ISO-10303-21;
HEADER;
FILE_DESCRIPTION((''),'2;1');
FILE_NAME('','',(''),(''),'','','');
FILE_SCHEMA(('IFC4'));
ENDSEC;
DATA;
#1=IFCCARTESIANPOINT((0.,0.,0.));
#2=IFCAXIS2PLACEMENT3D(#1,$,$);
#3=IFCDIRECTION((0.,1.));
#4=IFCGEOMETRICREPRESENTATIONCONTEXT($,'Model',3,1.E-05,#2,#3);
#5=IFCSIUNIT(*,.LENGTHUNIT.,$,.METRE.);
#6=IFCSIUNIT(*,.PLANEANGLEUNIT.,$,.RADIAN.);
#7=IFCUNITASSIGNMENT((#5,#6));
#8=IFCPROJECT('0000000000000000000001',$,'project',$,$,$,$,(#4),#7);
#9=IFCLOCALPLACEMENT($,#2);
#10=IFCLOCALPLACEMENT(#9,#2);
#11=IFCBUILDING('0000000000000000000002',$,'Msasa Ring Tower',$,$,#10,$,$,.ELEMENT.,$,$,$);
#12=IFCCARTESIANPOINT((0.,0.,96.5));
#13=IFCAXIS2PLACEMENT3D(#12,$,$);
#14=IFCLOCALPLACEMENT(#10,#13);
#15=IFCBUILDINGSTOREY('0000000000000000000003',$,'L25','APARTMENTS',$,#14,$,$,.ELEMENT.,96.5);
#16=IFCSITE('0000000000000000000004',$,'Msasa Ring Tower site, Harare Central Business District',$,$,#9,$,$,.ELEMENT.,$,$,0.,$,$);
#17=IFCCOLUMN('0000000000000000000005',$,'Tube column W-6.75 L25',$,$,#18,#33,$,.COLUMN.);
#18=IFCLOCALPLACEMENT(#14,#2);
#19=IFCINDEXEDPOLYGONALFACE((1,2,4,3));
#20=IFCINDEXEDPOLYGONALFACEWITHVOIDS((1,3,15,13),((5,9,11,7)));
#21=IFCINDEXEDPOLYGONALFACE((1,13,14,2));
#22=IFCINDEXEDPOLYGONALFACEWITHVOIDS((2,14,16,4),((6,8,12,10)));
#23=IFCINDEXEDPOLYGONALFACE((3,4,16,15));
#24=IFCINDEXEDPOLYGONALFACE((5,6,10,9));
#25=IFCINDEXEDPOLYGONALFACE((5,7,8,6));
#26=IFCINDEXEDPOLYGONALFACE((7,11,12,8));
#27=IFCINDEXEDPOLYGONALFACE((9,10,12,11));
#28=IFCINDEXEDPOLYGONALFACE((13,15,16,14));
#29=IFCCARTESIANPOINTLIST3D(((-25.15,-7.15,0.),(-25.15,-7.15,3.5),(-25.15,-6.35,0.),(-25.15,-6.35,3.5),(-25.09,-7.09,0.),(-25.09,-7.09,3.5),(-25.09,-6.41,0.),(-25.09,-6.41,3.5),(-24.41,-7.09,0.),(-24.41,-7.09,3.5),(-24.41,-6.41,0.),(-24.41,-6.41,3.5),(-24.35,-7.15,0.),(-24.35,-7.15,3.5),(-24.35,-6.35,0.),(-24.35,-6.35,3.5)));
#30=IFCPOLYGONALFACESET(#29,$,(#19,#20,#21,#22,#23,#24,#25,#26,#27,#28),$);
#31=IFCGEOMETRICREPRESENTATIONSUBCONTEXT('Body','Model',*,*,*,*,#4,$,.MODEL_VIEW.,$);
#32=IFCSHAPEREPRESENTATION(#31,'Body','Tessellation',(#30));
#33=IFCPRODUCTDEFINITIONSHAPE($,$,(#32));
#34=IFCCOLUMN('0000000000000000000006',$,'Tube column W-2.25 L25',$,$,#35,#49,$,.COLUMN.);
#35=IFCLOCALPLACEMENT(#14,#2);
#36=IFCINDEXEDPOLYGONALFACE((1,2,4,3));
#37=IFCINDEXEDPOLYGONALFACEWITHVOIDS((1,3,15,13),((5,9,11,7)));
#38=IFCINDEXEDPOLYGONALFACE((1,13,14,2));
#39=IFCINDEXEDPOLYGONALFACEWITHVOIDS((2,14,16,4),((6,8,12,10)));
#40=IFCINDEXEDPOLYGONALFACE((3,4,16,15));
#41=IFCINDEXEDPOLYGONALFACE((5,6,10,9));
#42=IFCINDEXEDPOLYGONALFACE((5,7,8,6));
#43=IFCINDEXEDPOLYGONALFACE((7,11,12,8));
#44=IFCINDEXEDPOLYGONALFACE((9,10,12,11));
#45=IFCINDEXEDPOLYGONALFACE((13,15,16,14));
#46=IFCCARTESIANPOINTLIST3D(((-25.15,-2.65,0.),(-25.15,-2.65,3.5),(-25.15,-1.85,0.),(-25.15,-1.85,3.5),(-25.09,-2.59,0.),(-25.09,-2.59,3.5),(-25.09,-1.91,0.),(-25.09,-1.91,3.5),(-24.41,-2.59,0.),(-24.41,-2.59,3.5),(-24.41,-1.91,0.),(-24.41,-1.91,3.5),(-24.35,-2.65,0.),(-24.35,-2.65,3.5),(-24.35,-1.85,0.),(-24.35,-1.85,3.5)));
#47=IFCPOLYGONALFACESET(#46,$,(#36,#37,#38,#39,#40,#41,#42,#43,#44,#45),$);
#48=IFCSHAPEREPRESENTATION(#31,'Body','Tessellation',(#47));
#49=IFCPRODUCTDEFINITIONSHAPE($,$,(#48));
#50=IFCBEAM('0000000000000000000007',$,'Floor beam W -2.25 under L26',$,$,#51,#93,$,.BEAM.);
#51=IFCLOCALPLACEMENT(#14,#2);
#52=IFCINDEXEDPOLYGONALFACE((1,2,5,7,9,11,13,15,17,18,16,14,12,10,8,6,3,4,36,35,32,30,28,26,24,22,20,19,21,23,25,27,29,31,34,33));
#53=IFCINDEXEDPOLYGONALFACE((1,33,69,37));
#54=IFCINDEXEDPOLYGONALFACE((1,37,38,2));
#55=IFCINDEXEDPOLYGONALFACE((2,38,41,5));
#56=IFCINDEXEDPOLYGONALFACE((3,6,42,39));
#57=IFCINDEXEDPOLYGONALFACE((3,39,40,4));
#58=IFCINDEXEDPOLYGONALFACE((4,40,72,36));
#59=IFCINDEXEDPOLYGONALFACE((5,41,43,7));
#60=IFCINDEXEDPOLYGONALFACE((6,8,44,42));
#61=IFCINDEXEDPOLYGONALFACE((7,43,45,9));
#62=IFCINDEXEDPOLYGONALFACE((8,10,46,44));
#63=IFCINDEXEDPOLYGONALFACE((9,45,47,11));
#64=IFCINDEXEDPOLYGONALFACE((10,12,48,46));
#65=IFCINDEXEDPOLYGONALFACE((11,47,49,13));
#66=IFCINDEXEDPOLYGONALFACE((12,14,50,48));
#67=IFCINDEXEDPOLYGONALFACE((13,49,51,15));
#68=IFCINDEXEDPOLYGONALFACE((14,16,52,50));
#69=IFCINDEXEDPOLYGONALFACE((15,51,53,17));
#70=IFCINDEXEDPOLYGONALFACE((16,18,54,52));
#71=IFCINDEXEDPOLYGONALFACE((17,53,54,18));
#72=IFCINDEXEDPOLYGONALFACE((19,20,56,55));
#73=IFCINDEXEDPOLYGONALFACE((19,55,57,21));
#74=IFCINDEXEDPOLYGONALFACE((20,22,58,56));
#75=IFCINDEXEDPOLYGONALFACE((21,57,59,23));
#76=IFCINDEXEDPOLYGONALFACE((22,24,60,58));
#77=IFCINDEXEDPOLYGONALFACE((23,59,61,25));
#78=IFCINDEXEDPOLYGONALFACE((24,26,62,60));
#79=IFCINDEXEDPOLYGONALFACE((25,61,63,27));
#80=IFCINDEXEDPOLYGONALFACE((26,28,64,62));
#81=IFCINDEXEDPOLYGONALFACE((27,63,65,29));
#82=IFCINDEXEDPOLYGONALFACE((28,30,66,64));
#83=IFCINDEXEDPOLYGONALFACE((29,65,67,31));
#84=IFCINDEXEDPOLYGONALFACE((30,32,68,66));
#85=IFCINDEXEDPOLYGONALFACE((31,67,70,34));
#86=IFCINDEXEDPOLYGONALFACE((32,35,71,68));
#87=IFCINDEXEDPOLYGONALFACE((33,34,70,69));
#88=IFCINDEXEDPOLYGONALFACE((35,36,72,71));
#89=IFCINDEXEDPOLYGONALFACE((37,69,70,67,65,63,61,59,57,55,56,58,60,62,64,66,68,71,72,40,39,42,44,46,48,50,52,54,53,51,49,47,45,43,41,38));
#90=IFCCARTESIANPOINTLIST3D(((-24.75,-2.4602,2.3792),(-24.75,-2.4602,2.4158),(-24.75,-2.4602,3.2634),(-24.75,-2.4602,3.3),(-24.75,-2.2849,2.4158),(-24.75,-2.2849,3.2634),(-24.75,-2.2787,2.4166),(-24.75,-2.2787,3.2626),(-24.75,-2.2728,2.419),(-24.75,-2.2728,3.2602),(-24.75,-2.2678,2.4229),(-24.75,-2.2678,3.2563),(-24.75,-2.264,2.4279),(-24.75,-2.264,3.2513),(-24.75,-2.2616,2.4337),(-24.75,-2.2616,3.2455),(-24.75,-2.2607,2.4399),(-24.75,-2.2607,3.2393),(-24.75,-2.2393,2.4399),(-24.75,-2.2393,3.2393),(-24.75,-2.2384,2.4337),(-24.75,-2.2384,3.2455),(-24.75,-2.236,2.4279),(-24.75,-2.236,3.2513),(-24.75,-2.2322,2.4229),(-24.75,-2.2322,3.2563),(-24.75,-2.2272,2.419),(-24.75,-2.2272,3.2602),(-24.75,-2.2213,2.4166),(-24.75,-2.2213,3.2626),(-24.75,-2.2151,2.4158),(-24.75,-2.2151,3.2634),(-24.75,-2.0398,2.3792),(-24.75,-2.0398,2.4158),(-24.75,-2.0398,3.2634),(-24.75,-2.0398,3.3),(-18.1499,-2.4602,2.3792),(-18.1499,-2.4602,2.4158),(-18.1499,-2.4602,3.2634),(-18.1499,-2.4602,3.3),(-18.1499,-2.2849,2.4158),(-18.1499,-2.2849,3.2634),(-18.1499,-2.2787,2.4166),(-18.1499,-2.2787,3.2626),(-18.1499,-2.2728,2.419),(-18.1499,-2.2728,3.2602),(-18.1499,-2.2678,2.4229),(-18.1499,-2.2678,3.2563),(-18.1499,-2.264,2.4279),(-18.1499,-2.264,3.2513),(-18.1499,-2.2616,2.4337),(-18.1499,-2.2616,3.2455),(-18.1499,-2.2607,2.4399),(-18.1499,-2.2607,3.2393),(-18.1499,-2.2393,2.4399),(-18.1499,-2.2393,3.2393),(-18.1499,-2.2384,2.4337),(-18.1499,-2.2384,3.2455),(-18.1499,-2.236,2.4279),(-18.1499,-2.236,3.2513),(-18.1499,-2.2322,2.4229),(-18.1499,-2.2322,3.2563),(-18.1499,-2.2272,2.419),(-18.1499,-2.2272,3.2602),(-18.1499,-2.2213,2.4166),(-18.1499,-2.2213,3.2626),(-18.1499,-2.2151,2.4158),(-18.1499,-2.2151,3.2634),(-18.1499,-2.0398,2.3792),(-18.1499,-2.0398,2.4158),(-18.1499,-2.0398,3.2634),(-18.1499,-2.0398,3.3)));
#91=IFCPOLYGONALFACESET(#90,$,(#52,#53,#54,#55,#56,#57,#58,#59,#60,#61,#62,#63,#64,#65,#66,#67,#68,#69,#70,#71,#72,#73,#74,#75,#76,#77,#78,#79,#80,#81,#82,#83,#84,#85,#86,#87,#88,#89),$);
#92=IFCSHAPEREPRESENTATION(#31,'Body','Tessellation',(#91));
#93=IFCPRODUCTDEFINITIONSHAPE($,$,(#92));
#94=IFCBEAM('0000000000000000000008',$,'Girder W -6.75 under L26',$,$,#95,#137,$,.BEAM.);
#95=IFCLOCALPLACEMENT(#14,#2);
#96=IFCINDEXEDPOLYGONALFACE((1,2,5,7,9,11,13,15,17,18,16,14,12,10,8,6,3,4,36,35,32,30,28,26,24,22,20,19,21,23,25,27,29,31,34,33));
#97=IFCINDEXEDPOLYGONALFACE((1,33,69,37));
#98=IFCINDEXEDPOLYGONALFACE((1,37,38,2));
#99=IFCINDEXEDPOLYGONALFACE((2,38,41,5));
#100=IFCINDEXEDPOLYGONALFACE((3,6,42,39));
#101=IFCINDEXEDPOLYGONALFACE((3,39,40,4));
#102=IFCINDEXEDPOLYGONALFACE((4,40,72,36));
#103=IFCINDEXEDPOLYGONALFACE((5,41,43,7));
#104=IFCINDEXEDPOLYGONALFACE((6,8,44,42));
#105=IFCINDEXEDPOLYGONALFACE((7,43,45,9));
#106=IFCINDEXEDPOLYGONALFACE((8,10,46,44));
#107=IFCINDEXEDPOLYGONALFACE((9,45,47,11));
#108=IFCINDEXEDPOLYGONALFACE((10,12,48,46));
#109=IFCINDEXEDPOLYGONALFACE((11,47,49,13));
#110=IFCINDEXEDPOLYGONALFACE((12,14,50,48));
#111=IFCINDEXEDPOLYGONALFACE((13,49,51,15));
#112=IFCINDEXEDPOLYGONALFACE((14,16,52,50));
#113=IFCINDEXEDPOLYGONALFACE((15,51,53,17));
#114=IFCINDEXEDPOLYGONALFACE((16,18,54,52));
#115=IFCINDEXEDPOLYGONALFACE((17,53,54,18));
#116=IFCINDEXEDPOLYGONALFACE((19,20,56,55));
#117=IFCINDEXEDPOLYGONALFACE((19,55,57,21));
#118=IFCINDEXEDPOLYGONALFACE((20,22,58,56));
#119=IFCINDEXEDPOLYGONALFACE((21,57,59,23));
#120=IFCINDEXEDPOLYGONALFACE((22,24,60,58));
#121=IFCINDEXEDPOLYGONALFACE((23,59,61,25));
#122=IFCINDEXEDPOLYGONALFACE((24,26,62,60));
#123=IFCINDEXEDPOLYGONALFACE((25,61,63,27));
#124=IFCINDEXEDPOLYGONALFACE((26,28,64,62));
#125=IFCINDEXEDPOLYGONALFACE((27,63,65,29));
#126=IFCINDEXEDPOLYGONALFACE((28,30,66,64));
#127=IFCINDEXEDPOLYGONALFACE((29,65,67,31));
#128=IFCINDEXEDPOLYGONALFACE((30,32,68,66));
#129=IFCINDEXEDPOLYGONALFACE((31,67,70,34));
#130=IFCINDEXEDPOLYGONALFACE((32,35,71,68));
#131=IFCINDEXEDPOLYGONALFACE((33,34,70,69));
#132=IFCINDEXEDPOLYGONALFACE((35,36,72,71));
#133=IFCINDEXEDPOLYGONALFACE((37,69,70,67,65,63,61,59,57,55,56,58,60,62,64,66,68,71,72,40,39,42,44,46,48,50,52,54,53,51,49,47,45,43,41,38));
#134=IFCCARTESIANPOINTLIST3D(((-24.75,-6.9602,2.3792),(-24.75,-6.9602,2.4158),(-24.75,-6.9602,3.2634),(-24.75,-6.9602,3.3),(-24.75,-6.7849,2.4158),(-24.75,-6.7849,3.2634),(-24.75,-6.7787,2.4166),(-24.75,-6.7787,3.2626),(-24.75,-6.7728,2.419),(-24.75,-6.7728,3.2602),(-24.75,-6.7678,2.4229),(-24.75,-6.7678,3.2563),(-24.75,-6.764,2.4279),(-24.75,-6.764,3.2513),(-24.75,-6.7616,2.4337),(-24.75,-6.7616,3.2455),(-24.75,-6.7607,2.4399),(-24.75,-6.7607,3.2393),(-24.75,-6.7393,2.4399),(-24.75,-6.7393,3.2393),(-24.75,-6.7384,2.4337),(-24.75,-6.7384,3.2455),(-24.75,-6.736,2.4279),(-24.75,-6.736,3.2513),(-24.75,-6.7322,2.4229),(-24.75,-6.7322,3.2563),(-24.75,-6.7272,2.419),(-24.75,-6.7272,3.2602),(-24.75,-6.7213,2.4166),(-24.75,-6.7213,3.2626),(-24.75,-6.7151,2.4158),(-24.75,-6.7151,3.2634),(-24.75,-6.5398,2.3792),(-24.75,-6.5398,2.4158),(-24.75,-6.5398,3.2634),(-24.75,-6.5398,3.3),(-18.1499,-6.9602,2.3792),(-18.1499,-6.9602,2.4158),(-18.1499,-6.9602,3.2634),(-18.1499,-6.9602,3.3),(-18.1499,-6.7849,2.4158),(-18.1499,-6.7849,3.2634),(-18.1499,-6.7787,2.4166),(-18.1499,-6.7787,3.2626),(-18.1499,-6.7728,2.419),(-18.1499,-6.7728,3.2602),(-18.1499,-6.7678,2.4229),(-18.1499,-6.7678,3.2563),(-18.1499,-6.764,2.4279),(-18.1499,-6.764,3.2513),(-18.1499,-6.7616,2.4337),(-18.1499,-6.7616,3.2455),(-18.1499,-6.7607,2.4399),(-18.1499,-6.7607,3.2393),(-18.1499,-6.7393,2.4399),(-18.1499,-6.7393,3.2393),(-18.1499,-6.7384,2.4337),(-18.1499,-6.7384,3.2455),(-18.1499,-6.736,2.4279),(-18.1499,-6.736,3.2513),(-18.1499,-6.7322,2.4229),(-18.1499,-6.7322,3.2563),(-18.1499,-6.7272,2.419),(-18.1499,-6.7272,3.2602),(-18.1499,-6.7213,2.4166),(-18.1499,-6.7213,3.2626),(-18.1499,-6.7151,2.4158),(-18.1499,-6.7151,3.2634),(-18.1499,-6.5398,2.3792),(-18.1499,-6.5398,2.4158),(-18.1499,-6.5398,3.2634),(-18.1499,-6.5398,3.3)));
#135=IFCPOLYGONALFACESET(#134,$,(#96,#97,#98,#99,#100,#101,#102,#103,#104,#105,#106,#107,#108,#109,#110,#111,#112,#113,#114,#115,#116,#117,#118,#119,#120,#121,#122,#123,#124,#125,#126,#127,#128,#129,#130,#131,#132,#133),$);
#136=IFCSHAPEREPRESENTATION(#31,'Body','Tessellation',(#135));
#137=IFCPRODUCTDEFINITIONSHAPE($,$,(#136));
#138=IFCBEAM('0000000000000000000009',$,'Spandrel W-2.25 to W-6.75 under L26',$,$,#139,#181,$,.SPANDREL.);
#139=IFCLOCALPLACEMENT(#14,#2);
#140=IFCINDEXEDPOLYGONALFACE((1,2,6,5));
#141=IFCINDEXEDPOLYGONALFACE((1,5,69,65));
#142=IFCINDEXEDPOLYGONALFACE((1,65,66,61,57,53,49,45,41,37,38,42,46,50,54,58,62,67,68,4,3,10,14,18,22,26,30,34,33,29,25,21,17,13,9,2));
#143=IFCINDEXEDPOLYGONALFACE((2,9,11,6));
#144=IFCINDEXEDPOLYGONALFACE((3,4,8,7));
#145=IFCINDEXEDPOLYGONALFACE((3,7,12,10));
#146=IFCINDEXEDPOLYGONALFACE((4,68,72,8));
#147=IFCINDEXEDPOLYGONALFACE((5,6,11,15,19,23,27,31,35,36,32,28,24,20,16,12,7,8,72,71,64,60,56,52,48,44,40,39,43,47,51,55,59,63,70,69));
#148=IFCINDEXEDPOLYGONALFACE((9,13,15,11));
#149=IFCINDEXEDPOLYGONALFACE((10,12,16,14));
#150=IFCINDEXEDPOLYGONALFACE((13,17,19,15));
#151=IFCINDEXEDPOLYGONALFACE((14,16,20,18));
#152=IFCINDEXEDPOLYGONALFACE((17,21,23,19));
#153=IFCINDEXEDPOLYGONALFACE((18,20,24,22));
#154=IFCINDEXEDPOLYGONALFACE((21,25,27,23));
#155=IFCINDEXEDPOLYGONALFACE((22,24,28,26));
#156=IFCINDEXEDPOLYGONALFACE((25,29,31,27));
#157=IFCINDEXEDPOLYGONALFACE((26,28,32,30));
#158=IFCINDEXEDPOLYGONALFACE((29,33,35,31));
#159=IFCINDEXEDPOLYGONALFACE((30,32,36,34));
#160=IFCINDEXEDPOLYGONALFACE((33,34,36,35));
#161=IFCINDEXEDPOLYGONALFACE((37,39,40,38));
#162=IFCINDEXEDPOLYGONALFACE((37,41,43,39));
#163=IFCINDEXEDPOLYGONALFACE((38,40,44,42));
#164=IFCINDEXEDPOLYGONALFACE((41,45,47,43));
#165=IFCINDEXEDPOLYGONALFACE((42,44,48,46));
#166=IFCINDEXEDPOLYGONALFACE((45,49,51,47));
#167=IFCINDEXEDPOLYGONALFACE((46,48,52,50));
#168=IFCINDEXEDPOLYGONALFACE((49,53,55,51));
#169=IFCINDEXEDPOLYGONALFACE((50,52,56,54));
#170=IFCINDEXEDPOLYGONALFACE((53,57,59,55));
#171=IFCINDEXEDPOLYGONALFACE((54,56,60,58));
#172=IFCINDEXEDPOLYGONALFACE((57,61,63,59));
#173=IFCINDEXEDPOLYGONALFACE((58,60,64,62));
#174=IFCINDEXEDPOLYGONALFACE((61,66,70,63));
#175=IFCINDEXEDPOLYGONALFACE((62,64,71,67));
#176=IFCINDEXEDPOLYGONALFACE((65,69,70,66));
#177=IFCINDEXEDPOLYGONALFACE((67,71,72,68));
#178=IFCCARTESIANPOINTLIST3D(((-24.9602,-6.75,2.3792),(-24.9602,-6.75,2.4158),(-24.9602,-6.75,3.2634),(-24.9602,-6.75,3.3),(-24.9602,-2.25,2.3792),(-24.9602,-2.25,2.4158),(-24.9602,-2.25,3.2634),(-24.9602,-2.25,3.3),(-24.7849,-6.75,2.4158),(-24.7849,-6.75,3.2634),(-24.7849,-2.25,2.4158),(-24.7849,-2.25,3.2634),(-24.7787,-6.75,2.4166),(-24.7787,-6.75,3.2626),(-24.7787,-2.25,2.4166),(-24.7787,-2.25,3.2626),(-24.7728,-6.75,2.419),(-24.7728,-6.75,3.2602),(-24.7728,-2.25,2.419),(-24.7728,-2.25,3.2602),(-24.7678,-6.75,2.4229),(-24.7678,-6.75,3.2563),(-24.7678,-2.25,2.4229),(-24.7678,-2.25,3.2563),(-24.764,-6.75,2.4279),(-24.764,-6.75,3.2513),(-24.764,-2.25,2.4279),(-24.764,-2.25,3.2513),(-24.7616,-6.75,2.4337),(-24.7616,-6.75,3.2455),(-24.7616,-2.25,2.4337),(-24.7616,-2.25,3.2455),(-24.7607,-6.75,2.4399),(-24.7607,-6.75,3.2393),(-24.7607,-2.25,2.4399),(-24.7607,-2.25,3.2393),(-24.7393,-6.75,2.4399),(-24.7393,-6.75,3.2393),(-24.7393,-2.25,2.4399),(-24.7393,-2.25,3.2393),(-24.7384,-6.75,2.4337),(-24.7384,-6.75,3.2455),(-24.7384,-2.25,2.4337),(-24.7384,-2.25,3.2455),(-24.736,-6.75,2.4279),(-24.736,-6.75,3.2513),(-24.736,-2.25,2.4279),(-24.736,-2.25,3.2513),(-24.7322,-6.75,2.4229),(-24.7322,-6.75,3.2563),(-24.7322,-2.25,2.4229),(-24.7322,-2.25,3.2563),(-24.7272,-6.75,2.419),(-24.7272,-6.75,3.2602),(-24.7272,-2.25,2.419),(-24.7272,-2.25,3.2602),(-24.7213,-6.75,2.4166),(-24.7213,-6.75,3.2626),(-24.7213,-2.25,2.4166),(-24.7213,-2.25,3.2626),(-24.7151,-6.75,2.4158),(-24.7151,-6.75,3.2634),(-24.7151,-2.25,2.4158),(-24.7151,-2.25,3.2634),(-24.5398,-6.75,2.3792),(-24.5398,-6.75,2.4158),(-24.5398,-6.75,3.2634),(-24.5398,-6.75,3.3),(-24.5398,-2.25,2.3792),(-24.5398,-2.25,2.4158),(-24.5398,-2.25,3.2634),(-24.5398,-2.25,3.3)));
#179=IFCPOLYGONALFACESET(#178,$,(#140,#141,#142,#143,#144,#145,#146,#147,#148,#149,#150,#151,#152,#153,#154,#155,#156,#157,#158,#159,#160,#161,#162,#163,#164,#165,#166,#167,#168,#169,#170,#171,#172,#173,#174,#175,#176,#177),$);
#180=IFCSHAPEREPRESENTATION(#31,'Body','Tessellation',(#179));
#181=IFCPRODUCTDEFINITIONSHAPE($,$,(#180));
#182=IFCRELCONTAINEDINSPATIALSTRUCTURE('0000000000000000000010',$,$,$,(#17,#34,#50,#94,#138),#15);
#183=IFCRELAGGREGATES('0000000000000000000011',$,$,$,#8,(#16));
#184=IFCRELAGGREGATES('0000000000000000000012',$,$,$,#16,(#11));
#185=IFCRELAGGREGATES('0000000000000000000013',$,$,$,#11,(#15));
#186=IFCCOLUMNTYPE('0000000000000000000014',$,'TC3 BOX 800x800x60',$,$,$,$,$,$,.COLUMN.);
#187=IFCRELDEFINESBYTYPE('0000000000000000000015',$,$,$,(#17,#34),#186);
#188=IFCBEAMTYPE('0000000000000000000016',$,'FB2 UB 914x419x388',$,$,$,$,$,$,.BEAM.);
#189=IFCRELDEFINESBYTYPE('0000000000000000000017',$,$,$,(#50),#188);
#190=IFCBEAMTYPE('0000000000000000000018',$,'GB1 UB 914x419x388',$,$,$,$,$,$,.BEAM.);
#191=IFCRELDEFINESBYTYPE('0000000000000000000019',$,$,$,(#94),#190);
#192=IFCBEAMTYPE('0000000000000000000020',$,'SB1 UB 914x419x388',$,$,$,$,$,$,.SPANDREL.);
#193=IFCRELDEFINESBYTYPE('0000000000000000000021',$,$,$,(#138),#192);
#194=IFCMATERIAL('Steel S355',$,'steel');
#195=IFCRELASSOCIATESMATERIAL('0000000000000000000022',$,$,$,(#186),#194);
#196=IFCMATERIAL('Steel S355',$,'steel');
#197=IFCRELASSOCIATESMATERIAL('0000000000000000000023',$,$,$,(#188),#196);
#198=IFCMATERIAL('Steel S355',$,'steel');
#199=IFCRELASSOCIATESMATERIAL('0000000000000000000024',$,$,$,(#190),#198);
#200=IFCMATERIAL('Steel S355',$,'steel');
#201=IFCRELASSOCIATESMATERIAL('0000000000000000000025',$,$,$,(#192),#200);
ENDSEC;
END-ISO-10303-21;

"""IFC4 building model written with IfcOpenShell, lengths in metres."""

from ifc_helpers import new_model, si_unit, direction, frame, origin, origin_2d, place, context, subcontext, project, spatial, hollow_rectangle, i_section, extrude, material, material_profile, profile_set, type_object, element, save


model = new_model("IFC4")

# Units and contexts
model_context = context("Model", 3, precision=1e-05, world=origin(), true_north=direction((0.0, 1.0)))
body_context = subcontext(model_context, "Body", "Model", "MODEL_VIEW")
ifc_project = project(units=[si_unit("LENGTHUNIT", "METRE"), si_unit("PLANEANGLEUNIT", "RADIAN")], contexts=[model_context])

# Site, building, storey
site_placement = place(None, origin())
site = spatial("IfcSite", under=ifc_project, at=site_placement, Name="Msasa Ring Tower site, Harare Central Business District", CompositionType="ELEMENT", RefElevation=0.0)
building_placement = place(site_placement, origin())
building = spatial("IfcBuilding", under=site, at=building_placement, Name="Msasa Ring Tower", CompositionType="ELEMENT")
storey_placement = place(building_placement, frame((0.0, 0.0, 96.5)))
storey = spatial("IfcBuildingStorey", under=building, at=storey_placement, Name="L25", Description="APARTMENTS", CompositionType="ELEMENT", Elevation=96.5)

# Columns
ifc_material_1 = material(Name="Steel S355", Category="steel")
ifc_material_profile_1 = material_profile(ifc_material_1, hollow_rectangle(XDim=0.8, YDim=0.8, WallThickness=0.0601, at=origin_2d()), Name="BOX 800x800x60")
ifc_profile_set_1 = profile_set([ifc_material_profile_1], Name="Steel S355")
column_type = type_object("IfcColumnType", Name="TC3 BOX 800x800x60", PredefinedType="COLUMN", material=ifc_profile_set_1)
for number, where, z_axis, x_axis, name in (
    (1, (-24.75, -6.75, 0.0), (0.0, 0.0, 1.0), (1.0, 0.0, 0.0), "Tube column W-6.75 L25"),
    (2, (-24.75, -2.25, 0.0), (0.0, 0.0, 1.0), (1.0, 0.0, 0.0), "Tube column W-2.25 L25"),
):
    element("IfcColumn", number, at=place(storey_placement, frame(where, z_axis=z_axis, x_axis=x_axis)), inside=storey, type_object=column_type, Name=name, PredefinedType="COLUMN", context=body_context, shape_type="SweptSolid", body=[
        extrude(hollow_rectangle(XDim=0.8, YDim=0.8, WallThickness=0.0601, at=origin_2d()), origin(), (0.0, 0.0, 1.0), 3.5),
    ])

# Beams
ifc_material_2 = material(Name="Steel S355", Category="steel")
ifc_material_profile_2 = material_profile(ifc_material_2, i_section(OverallWidth=0.4204, OverallDepth=0.9209, WebThickness=0.0215, FlangeThickness=0.0366, FilletRadius=0.0242, at=origin_2d()), Name="UB 914x419x388")
ifc_profile_set_2 = profile_set([ifc_material_profile_2], Name="Steel S355")
beam_type_1 = type_object("IfcBeamType", Name="FB2 UB 914x419x388", PredefinedType="BEAM", material=ifc_profile_set_2)
beam_1_placement = place(storey_placement, frame((-24.75, -2.25, 2.8396), z_axis=(1.0, 0.0, 0.0), x_axis=(0.0, 1.0, 0.0)))
element("IfcBeam", 3, at=beam_1_placement, inside=storey, type_object=beam_type_1, Name="Floor beam W -2.25 under L26", PredefinedType="BEAM", context=body_context, shape_type="SweptSolid", body=[
    extrude(i_section(OverallWidth=0.4204, OverallDepth=0.9209, WebThickness=0.0215, FlangeThickness=0.0366, FilletRadius=0.0242, at=origin_2d()), origin(), (0.0, 0.0, 1.0), 6.6001),
])
ifc_material_3 = material(Name="Steel S355", Category="steel")
ifc_material_profile_3 = material_profile(ifc_material_3, i_section(OverallWidth=0.4204, OverallDepth=0.9209, WebThickness=0.0215, FlangeThickness=0.0366, FilletRadius=0.0242, at=origin_2d()), Name="UB 914x419x388")
ifc_profile_set_3 = profile_set([ifc_material_profile_3], Name="Steel S355")
beam_type_2 = type_object("IfcBeamType", Name="GB1 UB 914x419x388", PredefinedType="BEAM", material=ifc_profile_set_3)
beam_2_placement = place(storey_placement, frame((-18.1499, -6.75, 2.8396), z_axis=(-1.0, 0.0, 0.0), x_axis=(0.0, -1.0, 0.0)))
element("IfcBeam", 4, at=beam_2_placement, inside=storey, type_object=beam_type_2, Name="Girder W -6.75 under L26", PredefinedType="BEAM", context=body_context, shape_type="SweptSolid", body=[
    extrude(i_section(OverallWidth=0.4204, OverallDepth=0.9209, WebThickness=0.0215, FlangeThickness=0.0366, FilletRadius=0.0242, at=origin_2d()), origin(), (0.0, 0.0, 1.0), 6.6001),
])
ifc_material_4 = material(Name="Steel S355", Category="steel")
ifc_material_profile_4 = material_profile(ifc_material_4, i_section(OverallWidth=0.4204, OverallDepth=0.9209, WebThickness=0.0215, FlangeThickness=0.0366, FilletRadius=0.0242, at=origin_2d()), Name="UB 914x419x388")
ifc_profile_set_4 = profile_set([ifc_material_profile_4], Name="Steel S355")
beam_type_3 = type_object("IfcBeamType", Name="SB1 UB 914x419x388", PredefinedType="SPANDREL", material=ifc_profile_set_4)
for number, where, z_axis, x_axis, name in (
    (5, (-24.75, -2.25, 2.8396), (0.0, -1.0, 0.0), (1.0, 0.0, 0.0), "Spandrel W-2.25 to W-6.75 under L26"),
):
    element("IfcBeam", number, at=place(storey_placement, frame(where, z_axis=z_axis, x_axis=x_axis)), inside=storey, type_object=beam_type_3, Name=name, PredefinedType="SPANDREL", context=body_context, shape_type="SweptSolid", body=[
        extrude(i_section(OverallWidth=0.4204, OverallDepth=0.9209, WebThickness=0.0215, FlangeThickness=0.0366, FilletRadius=0.0242, at=origin_2d()), origin(), (0.0, 0.0, 1.0), 4.5),
    ])

save(model, "model.ifc")
